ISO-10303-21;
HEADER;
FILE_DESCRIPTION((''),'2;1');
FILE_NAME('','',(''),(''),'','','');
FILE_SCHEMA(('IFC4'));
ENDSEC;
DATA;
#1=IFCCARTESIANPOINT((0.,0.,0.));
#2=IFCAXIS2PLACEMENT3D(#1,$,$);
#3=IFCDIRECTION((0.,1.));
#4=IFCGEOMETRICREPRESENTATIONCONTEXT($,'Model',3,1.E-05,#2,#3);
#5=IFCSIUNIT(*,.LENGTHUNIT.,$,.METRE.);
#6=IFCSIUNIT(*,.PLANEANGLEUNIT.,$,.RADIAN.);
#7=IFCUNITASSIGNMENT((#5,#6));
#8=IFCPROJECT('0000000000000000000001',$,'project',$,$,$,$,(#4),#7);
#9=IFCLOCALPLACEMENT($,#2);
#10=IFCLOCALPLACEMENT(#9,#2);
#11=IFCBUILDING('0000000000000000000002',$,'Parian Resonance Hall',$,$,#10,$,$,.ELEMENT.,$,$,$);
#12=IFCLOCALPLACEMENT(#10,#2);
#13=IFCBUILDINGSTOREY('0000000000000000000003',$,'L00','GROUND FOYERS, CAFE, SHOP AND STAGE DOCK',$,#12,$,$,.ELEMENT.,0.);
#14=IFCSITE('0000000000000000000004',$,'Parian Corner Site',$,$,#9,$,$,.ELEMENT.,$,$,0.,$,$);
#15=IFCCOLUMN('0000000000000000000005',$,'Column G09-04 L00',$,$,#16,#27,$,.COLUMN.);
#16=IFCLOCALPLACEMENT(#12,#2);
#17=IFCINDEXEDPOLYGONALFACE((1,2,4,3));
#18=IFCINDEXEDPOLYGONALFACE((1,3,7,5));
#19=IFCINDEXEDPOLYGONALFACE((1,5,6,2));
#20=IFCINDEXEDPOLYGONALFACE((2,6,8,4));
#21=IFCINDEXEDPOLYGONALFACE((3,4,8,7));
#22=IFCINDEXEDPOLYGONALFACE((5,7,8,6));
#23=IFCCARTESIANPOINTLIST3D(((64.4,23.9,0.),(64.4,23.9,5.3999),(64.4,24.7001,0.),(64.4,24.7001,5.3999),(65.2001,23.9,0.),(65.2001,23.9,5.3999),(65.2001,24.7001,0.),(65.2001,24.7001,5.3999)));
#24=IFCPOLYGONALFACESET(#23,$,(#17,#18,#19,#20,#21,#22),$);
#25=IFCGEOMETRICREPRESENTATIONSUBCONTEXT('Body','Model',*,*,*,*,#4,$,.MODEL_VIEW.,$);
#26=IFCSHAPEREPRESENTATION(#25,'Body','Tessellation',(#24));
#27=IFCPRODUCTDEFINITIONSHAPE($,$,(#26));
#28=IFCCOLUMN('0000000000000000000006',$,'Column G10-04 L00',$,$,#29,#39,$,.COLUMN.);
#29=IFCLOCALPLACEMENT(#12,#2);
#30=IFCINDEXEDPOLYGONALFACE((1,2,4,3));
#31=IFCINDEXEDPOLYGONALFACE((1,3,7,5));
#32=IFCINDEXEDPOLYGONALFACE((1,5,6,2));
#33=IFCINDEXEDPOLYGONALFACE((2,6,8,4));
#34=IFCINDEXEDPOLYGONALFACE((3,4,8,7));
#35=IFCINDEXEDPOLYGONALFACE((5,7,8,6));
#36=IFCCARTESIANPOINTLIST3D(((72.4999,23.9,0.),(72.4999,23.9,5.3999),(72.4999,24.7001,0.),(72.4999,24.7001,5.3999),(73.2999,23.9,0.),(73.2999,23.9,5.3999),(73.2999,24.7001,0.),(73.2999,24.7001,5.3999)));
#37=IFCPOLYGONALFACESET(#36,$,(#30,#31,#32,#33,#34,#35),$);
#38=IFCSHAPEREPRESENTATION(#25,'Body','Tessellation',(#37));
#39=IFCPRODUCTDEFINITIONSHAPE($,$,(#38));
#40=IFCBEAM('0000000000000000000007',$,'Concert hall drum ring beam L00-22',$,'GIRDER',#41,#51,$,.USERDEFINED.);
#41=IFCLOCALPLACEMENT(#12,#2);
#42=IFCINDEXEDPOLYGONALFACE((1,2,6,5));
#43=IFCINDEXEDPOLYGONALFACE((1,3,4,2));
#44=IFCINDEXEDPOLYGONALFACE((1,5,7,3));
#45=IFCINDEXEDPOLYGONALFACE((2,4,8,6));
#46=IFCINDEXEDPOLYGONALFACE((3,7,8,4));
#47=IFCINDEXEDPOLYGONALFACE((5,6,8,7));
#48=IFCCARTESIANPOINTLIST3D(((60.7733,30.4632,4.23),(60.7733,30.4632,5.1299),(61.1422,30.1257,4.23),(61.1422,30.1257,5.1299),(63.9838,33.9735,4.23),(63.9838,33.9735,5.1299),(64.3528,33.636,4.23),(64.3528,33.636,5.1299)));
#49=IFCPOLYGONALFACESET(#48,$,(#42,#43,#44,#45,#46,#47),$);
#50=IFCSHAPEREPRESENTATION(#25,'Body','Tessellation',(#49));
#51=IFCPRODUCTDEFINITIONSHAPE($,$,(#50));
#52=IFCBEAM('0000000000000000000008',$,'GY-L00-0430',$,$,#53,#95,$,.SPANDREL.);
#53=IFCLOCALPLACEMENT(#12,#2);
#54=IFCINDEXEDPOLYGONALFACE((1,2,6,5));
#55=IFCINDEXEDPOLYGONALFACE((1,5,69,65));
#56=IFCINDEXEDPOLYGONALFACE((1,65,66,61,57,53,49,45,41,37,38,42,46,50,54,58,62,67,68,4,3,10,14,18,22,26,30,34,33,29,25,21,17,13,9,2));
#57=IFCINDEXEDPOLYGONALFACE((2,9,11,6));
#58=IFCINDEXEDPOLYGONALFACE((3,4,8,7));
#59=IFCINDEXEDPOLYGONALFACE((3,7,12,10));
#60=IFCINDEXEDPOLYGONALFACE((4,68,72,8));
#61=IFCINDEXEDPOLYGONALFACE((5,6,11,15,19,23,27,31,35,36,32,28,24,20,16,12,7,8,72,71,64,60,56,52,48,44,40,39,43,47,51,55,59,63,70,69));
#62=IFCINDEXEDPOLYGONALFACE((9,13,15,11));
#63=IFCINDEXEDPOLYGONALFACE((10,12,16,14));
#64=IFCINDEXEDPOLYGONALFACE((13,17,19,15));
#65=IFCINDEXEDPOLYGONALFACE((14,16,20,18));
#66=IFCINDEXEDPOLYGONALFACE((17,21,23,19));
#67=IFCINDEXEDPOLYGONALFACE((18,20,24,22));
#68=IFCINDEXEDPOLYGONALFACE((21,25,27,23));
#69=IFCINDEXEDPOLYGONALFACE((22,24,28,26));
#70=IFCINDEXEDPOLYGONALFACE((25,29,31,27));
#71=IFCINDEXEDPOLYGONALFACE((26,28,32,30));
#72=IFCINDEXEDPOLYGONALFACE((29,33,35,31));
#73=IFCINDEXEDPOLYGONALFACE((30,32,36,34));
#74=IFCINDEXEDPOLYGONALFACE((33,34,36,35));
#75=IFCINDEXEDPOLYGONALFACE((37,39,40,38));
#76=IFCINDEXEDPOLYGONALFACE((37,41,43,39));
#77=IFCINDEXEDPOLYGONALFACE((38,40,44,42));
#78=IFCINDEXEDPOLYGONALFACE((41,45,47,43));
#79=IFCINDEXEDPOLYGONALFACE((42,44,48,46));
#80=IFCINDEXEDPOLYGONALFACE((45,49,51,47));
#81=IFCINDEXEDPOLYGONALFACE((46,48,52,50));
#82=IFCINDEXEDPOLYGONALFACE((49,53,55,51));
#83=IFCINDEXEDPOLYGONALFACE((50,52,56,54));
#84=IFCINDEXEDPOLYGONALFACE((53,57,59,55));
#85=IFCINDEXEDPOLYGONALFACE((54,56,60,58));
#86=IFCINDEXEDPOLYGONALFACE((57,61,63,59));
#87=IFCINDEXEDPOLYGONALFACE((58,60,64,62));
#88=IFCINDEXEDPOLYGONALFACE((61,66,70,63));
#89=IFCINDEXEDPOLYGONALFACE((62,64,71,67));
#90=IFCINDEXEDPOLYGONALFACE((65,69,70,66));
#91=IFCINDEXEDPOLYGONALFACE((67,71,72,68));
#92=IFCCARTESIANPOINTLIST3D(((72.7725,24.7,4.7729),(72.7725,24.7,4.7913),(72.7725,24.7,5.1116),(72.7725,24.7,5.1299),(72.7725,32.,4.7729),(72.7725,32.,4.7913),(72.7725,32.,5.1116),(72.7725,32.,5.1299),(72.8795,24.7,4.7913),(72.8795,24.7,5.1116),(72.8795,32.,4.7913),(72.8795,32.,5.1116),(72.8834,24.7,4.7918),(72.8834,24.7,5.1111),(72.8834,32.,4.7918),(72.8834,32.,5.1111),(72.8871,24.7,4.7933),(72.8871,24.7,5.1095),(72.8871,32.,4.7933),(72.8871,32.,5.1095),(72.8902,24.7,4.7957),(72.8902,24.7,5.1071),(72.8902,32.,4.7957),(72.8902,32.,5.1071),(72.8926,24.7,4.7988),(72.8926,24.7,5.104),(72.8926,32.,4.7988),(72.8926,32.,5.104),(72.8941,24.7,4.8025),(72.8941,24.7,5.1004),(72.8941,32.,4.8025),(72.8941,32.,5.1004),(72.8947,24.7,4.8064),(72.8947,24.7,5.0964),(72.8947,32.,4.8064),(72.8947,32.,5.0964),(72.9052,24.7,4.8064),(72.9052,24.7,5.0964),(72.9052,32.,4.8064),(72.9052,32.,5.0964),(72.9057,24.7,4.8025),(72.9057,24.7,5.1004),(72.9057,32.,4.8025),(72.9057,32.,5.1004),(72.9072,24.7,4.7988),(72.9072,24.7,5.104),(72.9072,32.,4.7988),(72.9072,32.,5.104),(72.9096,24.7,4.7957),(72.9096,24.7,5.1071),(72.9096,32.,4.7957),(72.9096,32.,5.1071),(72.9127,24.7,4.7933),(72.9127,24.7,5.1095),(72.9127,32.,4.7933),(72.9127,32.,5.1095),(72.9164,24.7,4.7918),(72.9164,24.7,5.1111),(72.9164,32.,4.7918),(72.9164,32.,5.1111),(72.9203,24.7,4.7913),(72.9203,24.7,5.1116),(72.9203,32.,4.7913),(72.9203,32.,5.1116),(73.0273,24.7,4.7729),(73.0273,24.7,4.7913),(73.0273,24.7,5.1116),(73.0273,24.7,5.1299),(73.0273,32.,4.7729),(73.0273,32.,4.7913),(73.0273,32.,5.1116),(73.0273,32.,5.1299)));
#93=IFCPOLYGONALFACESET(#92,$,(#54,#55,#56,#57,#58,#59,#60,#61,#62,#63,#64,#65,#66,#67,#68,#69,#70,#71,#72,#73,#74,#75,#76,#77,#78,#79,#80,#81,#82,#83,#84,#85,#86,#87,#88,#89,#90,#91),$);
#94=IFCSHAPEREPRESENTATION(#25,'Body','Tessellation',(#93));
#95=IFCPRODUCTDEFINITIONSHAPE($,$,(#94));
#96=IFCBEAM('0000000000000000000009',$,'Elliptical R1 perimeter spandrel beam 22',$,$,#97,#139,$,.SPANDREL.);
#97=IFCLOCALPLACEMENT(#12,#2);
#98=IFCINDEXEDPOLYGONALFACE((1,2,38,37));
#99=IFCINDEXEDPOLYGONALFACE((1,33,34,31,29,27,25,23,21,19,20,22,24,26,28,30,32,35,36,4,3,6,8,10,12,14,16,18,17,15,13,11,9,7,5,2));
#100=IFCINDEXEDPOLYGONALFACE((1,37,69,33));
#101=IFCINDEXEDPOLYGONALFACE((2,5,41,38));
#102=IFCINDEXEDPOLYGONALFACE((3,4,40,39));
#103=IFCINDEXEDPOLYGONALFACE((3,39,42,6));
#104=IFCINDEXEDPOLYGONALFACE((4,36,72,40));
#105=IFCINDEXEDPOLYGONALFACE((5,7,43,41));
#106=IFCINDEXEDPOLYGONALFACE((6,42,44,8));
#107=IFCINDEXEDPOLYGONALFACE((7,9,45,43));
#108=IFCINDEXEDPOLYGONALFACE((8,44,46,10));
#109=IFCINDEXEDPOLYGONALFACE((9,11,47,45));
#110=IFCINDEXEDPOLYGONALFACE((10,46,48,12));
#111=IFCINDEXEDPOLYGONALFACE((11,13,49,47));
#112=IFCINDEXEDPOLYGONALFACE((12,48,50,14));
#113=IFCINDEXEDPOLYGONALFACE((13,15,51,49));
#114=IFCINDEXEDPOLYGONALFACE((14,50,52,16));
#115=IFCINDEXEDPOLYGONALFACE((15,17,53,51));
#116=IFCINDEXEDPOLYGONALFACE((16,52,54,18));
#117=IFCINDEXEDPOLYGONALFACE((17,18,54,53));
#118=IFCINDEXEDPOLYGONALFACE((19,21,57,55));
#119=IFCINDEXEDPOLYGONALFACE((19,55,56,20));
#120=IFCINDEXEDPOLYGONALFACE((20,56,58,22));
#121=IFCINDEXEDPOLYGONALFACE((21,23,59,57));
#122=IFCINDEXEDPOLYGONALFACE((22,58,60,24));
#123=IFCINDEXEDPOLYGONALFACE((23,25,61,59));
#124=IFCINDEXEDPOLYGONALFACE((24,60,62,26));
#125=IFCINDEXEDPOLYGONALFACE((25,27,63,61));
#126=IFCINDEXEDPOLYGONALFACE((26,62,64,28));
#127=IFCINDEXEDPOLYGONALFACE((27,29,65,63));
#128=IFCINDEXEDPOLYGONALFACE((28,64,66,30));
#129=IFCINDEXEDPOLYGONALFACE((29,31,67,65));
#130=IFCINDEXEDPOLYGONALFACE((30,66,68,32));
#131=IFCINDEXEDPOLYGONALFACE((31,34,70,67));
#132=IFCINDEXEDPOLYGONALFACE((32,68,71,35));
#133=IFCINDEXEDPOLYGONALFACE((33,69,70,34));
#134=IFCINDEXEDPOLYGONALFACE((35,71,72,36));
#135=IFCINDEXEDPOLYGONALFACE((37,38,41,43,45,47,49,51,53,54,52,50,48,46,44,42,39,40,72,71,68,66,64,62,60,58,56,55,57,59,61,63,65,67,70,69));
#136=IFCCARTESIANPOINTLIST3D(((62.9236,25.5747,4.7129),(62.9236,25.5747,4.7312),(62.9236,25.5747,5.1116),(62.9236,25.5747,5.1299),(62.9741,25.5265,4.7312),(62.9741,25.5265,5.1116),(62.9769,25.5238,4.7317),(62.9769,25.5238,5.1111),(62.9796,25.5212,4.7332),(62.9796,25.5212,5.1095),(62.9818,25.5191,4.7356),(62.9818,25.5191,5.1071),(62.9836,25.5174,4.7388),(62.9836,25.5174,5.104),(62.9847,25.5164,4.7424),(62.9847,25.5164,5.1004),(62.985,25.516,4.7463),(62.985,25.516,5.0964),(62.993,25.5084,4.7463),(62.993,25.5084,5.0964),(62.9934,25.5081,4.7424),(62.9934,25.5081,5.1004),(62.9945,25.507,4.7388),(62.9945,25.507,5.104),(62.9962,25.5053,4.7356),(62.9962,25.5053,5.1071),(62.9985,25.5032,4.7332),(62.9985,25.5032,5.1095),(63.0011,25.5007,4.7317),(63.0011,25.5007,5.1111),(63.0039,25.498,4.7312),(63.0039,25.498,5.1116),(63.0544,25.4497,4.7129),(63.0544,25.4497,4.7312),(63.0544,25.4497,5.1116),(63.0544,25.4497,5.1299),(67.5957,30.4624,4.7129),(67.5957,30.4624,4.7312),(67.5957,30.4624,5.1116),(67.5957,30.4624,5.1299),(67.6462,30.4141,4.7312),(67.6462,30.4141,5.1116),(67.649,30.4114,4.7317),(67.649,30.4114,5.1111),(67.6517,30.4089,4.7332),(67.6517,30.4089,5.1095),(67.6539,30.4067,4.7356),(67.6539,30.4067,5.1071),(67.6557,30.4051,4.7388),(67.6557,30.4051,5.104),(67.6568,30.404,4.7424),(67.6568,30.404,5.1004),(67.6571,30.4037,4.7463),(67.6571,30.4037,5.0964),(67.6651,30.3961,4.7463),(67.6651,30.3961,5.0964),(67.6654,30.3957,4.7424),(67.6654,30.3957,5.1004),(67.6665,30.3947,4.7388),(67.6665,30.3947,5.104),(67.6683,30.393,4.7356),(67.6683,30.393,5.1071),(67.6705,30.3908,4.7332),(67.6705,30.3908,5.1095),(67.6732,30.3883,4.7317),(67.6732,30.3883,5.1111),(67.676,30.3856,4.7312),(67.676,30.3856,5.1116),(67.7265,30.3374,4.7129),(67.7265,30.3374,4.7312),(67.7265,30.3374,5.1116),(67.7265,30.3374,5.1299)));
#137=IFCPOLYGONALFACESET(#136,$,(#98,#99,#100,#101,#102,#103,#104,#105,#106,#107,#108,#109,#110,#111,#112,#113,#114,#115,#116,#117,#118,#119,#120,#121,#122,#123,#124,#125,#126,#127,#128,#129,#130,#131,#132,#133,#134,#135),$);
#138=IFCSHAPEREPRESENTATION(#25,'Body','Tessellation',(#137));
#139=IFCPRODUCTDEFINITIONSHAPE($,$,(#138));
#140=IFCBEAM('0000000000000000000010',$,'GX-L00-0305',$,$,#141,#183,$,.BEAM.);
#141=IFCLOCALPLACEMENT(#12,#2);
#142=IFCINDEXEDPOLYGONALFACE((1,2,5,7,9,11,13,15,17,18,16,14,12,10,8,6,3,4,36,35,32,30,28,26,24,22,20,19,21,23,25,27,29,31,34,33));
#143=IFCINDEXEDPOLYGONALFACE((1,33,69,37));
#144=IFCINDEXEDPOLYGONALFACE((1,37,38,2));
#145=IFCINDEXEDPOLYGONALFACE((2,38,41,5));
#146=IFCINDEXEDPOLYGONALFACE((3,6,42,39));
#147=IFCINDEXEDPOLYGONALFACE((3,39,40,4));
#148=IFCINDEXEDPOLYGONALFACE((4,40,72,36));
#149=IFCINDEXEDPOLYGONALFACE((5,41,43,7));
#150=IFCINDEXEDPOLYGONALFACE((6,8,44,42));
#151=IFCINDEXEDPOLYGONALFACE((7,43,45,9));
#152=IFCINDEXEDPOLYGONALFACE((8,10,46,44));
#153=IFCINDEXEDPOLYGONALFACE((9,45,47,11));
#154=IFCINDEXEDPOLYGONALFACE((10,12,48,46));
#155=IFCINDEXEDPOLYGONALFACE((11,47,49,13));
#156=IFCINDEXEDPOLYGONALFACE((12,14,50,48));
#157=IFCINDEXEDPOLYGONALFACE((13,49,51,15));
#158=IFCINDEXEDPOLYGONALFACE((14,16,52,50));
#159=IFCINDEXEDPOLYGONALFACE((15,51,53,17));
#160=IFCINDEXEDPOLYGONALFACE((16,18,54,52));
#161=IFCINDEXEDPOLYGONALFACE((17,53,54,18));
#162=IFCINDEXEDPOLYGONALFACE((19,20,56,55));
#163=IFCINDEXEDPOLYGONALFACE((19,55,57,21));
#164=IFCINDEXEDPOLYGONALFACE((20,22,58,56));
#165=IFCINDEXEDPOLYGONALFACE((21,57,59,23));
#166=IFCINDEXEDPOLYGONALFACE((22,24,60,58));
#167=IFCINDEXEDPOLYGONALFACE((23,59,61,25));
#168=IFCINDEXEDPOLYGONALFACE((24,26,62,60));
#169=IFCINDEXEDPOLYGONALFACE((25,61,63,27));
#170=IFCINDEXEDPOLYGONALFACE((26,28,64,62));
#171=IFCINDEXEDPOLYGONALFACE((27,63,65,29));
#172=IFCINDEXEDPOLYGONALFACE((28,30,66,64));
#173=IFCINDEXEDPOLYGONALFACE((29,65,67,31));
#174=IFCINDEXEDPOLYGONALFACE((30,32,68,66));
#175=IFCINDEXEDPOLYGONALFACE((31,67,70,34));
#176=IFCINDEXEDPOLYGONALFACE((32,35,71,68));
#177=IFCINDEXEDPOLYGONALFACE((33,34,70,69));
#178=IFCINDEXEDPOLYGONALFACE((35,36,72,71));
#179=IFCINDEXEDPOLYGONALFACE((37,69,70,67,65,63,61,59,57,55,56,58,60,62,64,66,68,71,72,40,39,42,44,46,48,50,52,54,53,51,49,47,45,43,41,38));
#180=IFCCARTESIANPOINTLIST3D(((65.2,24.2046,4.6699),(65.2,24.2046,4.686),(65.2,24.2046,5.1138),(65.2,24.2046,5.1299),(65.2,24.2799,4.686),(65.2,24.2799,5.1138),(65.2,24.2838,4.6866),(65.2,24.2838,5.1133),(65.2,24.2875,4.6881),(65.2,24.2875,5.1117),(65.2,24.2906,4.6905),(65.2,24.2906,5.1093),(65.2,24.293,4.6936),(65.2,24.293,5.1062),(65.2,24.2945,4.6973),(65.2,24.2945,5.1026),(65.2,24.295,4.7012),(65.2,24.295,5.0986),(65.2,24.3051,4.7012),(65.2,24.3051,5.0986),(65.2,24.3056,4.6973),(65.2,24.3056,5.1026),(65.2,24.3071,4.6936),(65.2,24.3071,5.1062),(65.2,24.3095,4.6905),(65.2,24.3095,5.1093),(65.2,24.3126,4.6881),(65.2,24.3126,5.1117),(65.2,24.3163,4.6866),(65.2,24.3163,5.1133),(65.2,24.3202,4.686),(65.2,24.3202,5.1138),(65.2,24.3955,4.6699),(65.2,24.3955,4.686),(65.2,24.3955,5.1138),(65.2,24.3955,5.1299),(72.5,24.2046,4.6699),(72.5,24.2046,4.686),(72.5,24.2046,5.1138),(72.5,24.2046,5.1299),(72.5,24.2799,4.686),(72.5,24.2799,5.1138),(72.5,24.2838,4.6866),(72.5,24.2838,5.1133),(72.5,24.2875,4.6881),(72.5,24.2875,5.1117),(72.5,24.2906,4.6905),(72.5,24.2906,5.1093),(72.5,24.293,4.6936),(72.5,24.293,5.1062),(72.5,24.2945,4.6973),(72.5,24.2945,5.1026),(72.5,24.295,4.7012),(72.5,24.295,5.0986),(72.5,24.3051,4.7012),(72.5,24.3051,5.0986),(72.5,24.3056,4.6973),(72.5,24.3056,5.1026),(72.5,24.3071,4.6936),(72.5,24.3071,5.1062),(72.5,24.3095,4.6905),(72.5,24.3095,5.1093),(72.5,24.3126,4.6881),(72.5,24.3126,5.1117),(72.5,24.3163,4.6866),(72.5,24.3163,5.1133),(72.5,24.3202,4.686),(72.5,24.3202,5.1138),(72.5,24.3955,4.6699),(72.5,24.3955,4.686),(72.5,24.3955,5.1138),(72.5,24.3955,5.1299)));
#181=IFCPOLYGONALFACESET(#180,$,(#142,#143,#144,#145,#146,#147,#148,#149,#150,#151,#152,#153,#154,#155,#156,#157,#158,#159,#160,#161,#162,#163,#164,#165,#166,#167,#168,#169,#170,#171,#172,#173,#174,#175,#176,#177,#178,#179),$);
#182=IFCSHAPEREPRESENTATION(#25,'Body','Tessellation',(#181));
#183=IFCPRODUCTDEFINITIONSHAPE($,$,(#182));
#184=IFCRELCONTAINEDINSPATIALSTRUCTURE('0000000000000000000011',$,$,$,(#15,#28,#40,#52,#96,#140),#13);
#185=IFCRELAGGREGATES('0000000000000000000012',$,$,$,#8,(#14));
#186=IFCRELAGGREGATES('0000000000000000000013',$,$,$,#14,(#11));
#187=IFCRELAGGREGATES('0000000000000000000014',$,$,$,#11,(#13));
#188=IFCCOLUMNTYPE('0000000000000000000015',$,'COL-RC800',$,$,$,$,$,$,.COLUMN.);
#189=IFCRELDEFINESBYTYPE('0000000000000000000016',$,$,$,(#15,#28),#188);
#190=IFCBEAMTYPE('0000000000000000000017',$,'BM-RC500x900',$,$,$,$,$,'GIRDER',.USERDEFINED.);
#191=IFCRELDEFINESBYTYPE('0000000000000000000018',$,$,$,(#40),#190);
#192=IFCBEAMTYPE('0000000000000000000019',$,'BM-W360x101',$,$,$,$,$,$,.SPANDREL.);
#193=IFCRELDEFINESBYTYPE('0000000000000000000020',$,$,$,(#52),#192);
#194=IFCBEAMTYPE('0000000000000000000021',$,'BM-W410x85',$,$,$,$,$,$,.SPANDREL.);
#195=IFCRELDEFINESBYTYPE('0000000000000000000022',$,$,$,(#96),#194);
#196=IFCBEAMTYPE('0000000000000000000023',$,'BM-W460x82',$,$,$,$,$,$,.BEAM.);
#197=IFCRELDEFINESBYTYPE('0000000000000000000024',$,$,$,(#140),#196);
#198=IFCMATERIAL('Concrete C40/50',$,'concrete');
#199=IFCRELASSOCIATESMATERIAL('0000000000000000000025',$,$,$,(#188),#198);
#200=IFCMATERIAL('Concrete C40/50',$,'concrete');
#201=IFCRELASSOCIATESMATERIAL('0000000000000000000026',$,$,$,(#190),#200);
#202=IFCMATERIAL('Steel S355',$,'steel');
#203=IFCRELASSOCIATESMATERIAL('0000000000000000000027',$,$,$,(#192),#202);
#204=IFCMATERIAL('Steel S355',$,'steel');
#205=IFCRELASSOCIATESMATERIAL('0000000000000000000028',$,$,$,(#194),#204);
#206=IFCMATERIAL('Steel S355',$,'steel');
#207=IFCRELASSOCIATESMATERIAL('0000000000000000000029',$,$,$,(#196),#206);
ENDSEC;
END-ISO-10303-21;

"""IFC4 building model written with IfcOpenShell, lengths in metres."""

from ifc_helpers import new_model, si_unit, direction, frame, origin, origin_2d, place, context, subcontext, project, spatial, rectangle, i_section, extrude, material, material_profile, profile_set, type_object, element, save


model = new_model("IFC4")

# Units and contexts
model_context = context("Model", 3, precision=1e-05, world=origin(), true_north=direction((0.0, 1.0)))
body_context = subcontext(model_context, "Body", "Model", "MODEL_VIEW")
ifc_project = project(units=[si_unit("LENGTHUNIT", "METRE"), si_unit("PLANEANGLEUNIT", "RADIAN")], contexts=[model_context])

# Site, building, storey
site_placement = place(None, origin())
site = spatial("IfcSite", under=ifc_project, at=site_placement, Name="Parian Corner Site", CompositionType="ELEMENT", RefElevation=0.0)
building_placement = place(site_placement, origin())
building = spatial("IfcBuilding", under=site, at=building_placement, Name="Parian Resonance Hall", CompositionType="ELEMENT")
storey_placement = place(building_placement, origin())
storey = spatial("IfcBuildingStorey", under=building, at=storey_placement, Name="L00", Description="GROUND FOYERS, CAFE, SHOP AND STAGE DOCK", CompositionType="ELEMENT", Elevation=0.0)

# Columns
ifc_material_1 = material(Name="Concrete C40/50", Category="concrete")
ifc_material_profile_1 = material_profile(ifc_material_1, rectangle(XDim=0.8, YDim=0.8, at=origin_2d()), Name="RC-COL-800x800")
ifc_profile_set_1 = profile_set([ifc_material_profile_1], Name="Concrete C40/50")
column_type = type_object("IfcColumnType", Name="COL-RC800", PredefinedType="COLUMN", material=ifc_profile_set_1)
for number, where, z_axis, x_axis, name in (
    (1, (64.8, 24.3, 0.0), (0.0, 0.0, 1.0), (1.0, 0.0, 0.0), "Column G09-04 L00"),
    (2, (72.8999, 24.3, 0.0), (0.0, 0.0, 1.0), (1.0, 0.0, 0.0), "Column G10-04 L00"),
):
    element("IfcColumn", number, at=place(storey_placement, frame(where, z_axis=z_axis, x_axis=x_axis)), inside=storey, type_object=column_type, Name=name, PredefinedType="COLUMN", context=body_context, shape_type="SweptSolid", body=[
        extrude(rectangle(XDim=0.8, YDim=0.8, at=origin_2d()), origin(), (0.0, 0.0, 1.0), 5.3999),
    ])

# Beams
ifc_material_2 = material(Name="Concrete C40/50", Category="concrete")
ifc_material_profile_2 = material_profile(ifc_material_2, rectangle(XDim=0.5, YDim=0.8999, at=origin_2d()), Name="RC-BM-500x900")
ifc_profile_set_2 = profile_set([ifc_material_profile_2], Name="Concrete C40/50")
beam_type_1 = type_object("IfcBeamType", Name="BM-RC500x900", ElementType="GIRDER", PredefinedType="USERDEFINED", material=ifc_profile_set_2)
beam_1_placement = place(storey_placement, frame((60.9578, 30.2944, 4.6799), z_axis=(0.674892, 0.737916, 0.0), x_axis=(-0.737916, 0.674892, 0.0)))
element("IfcBeam", 3, at=beam_1_placement, inside=storey, type_object=beam_type_1, Name="Concert hall drum ring beam L00-22", ObjectType="GIRDER", PredefinedType="USERDEFINED", context=body_context, shape_type="SweptSolid", body=[
    extrude(rectangle(XDim=0.5, YDim=0.8999, at=origin_2d()), origin(), (0.0, 0.0, 1.0), 4.7571),
])
ifc_material_3 = material(Name="Steel S355", Category="steel")
ifc_material_profile_3 = material_profile(ifc_material_3, i_section(OverallWidth=0.2549, OverallDepth=0.3569, WebThickness=0.0105, FlangeThickness=0.0183, FilletRadius=0.0151, at=origin_2d()), Name="W360x101")
ifc_profile_set_3 = profile_set([ifc_material_profile_3], Name="Steel S355")
beam_type_2 = type_object("IfcBeamType", Name="BM-W360x101", PredefinedType="SPANDREL", material=ifc_profile_set_3)
beam_2_placement = place(storey_placement, frame((72.8999, 24.7, 4.9514), z_axis=(0.0, 1.0, 0.0), x_axis=(-1.0, 0.0, 0.0)))
element("IfcBeam", 4, at=beam_2_placement, inside=storey, type_object=beam_type_2, Name="GY-L00-0430", PredefinedType="SPANDREL", context=body_context, shape_type="SweptSolid", body=[
    extrude(i_section(OverallWidth=0.2549, OverallDepth=0.3569, WebThickness=0.0105, FlangeThickness=0.0183, FilletRadius=0.0151, at=origin_2d()), origin(), (0.0, 0.0, 1.0), 7.3),
])
ifc_material_4 = material(Name="Steel S355", Category="steel")
ifc_material_profile_4 = material_profile(ifc_material_4, i_section(OverallWidth=0.1809, OverallDepth=0.417, WebThickness=0.011, FlangeThickness=0.0183, FilletRadius=0.0151, at=origin_2d()), Name="W410x85")
ifc_profile_set_4 = profile_set([ifc_material_profile_4], Name="Steel S355")
beam_type_3 = type_object("IfcBeamType", Name="BM-W410x85", PredefinedType="SPANDREL", material=ifc_profile_set_4)
beam_3_placement = place(storey_placement, frame((62.989, 25.5122, 4.9214), z_axis=(0.690986, 0.722868, 0.0), x_axis=(-0.722868, 0.690986, 0.0)))
element("IfcBeam", 5, at=beam_3_placement, inside=storey, type_object=beam_type_3, Name="Elliptical R1 perimeter spandrel beam 22", PredefinedType="SPANDREL", context=body_context, shape_type="SweptSolid", body=[
    extrude(i_section(OverallWidth=0.1809, OverallDepth=0.417, WebThickness=0.011, FlangeThickness=0.0183, FilletRadius=0.0151, at=origin_2d()), origin(), (0.0, 0.0, 1.0), 6.7615),
])
ifc_material_5 = material(Name="Steel S355", Category="steel")
ifc_material_profile_5 = material_profile(ifc_material_5, i_section(OverallWidth=0.1909, OverallDepth=0.46, WebThickness=0.01, FlangeThickness=0.0161, FilletRadius=0.0151, at=origin_2d()), Name="W460x82")
ifc_profile_set_5 = profile_set([ifc_material_profile_5], Name="Steel S355")
beam_type_4 = type_object("IfcBeamType", Name="BM-W460x82", PredefinedType="BEAM", material=ifc_profile_set_5)
beam_4_placement = place(storey_placement, frame((65.2, 24.3, 4.8999), z_axis=(1.0, 0.0, 0.0), x_axis=(0.0, 1.0, 0.0)))
element("IfcBeam", 6, at=beam_4_placement, inside=storey, type_object=beam_type_4, Name="GX-L00-0305", PredefinedType="BEAM", context=body_context, shape_type="SweptSolid", body=[
    extrude(i_section(OverallWidth=0.1909, OverallDepth=0.46, WebThickness=0.01, FlangeThickness=0.0161, FilletRadius=0.0151, at=origin_2d()), origin(), (0.0, 0.0, 1.0), 7.3),
])

save(model, "model.ifc")
